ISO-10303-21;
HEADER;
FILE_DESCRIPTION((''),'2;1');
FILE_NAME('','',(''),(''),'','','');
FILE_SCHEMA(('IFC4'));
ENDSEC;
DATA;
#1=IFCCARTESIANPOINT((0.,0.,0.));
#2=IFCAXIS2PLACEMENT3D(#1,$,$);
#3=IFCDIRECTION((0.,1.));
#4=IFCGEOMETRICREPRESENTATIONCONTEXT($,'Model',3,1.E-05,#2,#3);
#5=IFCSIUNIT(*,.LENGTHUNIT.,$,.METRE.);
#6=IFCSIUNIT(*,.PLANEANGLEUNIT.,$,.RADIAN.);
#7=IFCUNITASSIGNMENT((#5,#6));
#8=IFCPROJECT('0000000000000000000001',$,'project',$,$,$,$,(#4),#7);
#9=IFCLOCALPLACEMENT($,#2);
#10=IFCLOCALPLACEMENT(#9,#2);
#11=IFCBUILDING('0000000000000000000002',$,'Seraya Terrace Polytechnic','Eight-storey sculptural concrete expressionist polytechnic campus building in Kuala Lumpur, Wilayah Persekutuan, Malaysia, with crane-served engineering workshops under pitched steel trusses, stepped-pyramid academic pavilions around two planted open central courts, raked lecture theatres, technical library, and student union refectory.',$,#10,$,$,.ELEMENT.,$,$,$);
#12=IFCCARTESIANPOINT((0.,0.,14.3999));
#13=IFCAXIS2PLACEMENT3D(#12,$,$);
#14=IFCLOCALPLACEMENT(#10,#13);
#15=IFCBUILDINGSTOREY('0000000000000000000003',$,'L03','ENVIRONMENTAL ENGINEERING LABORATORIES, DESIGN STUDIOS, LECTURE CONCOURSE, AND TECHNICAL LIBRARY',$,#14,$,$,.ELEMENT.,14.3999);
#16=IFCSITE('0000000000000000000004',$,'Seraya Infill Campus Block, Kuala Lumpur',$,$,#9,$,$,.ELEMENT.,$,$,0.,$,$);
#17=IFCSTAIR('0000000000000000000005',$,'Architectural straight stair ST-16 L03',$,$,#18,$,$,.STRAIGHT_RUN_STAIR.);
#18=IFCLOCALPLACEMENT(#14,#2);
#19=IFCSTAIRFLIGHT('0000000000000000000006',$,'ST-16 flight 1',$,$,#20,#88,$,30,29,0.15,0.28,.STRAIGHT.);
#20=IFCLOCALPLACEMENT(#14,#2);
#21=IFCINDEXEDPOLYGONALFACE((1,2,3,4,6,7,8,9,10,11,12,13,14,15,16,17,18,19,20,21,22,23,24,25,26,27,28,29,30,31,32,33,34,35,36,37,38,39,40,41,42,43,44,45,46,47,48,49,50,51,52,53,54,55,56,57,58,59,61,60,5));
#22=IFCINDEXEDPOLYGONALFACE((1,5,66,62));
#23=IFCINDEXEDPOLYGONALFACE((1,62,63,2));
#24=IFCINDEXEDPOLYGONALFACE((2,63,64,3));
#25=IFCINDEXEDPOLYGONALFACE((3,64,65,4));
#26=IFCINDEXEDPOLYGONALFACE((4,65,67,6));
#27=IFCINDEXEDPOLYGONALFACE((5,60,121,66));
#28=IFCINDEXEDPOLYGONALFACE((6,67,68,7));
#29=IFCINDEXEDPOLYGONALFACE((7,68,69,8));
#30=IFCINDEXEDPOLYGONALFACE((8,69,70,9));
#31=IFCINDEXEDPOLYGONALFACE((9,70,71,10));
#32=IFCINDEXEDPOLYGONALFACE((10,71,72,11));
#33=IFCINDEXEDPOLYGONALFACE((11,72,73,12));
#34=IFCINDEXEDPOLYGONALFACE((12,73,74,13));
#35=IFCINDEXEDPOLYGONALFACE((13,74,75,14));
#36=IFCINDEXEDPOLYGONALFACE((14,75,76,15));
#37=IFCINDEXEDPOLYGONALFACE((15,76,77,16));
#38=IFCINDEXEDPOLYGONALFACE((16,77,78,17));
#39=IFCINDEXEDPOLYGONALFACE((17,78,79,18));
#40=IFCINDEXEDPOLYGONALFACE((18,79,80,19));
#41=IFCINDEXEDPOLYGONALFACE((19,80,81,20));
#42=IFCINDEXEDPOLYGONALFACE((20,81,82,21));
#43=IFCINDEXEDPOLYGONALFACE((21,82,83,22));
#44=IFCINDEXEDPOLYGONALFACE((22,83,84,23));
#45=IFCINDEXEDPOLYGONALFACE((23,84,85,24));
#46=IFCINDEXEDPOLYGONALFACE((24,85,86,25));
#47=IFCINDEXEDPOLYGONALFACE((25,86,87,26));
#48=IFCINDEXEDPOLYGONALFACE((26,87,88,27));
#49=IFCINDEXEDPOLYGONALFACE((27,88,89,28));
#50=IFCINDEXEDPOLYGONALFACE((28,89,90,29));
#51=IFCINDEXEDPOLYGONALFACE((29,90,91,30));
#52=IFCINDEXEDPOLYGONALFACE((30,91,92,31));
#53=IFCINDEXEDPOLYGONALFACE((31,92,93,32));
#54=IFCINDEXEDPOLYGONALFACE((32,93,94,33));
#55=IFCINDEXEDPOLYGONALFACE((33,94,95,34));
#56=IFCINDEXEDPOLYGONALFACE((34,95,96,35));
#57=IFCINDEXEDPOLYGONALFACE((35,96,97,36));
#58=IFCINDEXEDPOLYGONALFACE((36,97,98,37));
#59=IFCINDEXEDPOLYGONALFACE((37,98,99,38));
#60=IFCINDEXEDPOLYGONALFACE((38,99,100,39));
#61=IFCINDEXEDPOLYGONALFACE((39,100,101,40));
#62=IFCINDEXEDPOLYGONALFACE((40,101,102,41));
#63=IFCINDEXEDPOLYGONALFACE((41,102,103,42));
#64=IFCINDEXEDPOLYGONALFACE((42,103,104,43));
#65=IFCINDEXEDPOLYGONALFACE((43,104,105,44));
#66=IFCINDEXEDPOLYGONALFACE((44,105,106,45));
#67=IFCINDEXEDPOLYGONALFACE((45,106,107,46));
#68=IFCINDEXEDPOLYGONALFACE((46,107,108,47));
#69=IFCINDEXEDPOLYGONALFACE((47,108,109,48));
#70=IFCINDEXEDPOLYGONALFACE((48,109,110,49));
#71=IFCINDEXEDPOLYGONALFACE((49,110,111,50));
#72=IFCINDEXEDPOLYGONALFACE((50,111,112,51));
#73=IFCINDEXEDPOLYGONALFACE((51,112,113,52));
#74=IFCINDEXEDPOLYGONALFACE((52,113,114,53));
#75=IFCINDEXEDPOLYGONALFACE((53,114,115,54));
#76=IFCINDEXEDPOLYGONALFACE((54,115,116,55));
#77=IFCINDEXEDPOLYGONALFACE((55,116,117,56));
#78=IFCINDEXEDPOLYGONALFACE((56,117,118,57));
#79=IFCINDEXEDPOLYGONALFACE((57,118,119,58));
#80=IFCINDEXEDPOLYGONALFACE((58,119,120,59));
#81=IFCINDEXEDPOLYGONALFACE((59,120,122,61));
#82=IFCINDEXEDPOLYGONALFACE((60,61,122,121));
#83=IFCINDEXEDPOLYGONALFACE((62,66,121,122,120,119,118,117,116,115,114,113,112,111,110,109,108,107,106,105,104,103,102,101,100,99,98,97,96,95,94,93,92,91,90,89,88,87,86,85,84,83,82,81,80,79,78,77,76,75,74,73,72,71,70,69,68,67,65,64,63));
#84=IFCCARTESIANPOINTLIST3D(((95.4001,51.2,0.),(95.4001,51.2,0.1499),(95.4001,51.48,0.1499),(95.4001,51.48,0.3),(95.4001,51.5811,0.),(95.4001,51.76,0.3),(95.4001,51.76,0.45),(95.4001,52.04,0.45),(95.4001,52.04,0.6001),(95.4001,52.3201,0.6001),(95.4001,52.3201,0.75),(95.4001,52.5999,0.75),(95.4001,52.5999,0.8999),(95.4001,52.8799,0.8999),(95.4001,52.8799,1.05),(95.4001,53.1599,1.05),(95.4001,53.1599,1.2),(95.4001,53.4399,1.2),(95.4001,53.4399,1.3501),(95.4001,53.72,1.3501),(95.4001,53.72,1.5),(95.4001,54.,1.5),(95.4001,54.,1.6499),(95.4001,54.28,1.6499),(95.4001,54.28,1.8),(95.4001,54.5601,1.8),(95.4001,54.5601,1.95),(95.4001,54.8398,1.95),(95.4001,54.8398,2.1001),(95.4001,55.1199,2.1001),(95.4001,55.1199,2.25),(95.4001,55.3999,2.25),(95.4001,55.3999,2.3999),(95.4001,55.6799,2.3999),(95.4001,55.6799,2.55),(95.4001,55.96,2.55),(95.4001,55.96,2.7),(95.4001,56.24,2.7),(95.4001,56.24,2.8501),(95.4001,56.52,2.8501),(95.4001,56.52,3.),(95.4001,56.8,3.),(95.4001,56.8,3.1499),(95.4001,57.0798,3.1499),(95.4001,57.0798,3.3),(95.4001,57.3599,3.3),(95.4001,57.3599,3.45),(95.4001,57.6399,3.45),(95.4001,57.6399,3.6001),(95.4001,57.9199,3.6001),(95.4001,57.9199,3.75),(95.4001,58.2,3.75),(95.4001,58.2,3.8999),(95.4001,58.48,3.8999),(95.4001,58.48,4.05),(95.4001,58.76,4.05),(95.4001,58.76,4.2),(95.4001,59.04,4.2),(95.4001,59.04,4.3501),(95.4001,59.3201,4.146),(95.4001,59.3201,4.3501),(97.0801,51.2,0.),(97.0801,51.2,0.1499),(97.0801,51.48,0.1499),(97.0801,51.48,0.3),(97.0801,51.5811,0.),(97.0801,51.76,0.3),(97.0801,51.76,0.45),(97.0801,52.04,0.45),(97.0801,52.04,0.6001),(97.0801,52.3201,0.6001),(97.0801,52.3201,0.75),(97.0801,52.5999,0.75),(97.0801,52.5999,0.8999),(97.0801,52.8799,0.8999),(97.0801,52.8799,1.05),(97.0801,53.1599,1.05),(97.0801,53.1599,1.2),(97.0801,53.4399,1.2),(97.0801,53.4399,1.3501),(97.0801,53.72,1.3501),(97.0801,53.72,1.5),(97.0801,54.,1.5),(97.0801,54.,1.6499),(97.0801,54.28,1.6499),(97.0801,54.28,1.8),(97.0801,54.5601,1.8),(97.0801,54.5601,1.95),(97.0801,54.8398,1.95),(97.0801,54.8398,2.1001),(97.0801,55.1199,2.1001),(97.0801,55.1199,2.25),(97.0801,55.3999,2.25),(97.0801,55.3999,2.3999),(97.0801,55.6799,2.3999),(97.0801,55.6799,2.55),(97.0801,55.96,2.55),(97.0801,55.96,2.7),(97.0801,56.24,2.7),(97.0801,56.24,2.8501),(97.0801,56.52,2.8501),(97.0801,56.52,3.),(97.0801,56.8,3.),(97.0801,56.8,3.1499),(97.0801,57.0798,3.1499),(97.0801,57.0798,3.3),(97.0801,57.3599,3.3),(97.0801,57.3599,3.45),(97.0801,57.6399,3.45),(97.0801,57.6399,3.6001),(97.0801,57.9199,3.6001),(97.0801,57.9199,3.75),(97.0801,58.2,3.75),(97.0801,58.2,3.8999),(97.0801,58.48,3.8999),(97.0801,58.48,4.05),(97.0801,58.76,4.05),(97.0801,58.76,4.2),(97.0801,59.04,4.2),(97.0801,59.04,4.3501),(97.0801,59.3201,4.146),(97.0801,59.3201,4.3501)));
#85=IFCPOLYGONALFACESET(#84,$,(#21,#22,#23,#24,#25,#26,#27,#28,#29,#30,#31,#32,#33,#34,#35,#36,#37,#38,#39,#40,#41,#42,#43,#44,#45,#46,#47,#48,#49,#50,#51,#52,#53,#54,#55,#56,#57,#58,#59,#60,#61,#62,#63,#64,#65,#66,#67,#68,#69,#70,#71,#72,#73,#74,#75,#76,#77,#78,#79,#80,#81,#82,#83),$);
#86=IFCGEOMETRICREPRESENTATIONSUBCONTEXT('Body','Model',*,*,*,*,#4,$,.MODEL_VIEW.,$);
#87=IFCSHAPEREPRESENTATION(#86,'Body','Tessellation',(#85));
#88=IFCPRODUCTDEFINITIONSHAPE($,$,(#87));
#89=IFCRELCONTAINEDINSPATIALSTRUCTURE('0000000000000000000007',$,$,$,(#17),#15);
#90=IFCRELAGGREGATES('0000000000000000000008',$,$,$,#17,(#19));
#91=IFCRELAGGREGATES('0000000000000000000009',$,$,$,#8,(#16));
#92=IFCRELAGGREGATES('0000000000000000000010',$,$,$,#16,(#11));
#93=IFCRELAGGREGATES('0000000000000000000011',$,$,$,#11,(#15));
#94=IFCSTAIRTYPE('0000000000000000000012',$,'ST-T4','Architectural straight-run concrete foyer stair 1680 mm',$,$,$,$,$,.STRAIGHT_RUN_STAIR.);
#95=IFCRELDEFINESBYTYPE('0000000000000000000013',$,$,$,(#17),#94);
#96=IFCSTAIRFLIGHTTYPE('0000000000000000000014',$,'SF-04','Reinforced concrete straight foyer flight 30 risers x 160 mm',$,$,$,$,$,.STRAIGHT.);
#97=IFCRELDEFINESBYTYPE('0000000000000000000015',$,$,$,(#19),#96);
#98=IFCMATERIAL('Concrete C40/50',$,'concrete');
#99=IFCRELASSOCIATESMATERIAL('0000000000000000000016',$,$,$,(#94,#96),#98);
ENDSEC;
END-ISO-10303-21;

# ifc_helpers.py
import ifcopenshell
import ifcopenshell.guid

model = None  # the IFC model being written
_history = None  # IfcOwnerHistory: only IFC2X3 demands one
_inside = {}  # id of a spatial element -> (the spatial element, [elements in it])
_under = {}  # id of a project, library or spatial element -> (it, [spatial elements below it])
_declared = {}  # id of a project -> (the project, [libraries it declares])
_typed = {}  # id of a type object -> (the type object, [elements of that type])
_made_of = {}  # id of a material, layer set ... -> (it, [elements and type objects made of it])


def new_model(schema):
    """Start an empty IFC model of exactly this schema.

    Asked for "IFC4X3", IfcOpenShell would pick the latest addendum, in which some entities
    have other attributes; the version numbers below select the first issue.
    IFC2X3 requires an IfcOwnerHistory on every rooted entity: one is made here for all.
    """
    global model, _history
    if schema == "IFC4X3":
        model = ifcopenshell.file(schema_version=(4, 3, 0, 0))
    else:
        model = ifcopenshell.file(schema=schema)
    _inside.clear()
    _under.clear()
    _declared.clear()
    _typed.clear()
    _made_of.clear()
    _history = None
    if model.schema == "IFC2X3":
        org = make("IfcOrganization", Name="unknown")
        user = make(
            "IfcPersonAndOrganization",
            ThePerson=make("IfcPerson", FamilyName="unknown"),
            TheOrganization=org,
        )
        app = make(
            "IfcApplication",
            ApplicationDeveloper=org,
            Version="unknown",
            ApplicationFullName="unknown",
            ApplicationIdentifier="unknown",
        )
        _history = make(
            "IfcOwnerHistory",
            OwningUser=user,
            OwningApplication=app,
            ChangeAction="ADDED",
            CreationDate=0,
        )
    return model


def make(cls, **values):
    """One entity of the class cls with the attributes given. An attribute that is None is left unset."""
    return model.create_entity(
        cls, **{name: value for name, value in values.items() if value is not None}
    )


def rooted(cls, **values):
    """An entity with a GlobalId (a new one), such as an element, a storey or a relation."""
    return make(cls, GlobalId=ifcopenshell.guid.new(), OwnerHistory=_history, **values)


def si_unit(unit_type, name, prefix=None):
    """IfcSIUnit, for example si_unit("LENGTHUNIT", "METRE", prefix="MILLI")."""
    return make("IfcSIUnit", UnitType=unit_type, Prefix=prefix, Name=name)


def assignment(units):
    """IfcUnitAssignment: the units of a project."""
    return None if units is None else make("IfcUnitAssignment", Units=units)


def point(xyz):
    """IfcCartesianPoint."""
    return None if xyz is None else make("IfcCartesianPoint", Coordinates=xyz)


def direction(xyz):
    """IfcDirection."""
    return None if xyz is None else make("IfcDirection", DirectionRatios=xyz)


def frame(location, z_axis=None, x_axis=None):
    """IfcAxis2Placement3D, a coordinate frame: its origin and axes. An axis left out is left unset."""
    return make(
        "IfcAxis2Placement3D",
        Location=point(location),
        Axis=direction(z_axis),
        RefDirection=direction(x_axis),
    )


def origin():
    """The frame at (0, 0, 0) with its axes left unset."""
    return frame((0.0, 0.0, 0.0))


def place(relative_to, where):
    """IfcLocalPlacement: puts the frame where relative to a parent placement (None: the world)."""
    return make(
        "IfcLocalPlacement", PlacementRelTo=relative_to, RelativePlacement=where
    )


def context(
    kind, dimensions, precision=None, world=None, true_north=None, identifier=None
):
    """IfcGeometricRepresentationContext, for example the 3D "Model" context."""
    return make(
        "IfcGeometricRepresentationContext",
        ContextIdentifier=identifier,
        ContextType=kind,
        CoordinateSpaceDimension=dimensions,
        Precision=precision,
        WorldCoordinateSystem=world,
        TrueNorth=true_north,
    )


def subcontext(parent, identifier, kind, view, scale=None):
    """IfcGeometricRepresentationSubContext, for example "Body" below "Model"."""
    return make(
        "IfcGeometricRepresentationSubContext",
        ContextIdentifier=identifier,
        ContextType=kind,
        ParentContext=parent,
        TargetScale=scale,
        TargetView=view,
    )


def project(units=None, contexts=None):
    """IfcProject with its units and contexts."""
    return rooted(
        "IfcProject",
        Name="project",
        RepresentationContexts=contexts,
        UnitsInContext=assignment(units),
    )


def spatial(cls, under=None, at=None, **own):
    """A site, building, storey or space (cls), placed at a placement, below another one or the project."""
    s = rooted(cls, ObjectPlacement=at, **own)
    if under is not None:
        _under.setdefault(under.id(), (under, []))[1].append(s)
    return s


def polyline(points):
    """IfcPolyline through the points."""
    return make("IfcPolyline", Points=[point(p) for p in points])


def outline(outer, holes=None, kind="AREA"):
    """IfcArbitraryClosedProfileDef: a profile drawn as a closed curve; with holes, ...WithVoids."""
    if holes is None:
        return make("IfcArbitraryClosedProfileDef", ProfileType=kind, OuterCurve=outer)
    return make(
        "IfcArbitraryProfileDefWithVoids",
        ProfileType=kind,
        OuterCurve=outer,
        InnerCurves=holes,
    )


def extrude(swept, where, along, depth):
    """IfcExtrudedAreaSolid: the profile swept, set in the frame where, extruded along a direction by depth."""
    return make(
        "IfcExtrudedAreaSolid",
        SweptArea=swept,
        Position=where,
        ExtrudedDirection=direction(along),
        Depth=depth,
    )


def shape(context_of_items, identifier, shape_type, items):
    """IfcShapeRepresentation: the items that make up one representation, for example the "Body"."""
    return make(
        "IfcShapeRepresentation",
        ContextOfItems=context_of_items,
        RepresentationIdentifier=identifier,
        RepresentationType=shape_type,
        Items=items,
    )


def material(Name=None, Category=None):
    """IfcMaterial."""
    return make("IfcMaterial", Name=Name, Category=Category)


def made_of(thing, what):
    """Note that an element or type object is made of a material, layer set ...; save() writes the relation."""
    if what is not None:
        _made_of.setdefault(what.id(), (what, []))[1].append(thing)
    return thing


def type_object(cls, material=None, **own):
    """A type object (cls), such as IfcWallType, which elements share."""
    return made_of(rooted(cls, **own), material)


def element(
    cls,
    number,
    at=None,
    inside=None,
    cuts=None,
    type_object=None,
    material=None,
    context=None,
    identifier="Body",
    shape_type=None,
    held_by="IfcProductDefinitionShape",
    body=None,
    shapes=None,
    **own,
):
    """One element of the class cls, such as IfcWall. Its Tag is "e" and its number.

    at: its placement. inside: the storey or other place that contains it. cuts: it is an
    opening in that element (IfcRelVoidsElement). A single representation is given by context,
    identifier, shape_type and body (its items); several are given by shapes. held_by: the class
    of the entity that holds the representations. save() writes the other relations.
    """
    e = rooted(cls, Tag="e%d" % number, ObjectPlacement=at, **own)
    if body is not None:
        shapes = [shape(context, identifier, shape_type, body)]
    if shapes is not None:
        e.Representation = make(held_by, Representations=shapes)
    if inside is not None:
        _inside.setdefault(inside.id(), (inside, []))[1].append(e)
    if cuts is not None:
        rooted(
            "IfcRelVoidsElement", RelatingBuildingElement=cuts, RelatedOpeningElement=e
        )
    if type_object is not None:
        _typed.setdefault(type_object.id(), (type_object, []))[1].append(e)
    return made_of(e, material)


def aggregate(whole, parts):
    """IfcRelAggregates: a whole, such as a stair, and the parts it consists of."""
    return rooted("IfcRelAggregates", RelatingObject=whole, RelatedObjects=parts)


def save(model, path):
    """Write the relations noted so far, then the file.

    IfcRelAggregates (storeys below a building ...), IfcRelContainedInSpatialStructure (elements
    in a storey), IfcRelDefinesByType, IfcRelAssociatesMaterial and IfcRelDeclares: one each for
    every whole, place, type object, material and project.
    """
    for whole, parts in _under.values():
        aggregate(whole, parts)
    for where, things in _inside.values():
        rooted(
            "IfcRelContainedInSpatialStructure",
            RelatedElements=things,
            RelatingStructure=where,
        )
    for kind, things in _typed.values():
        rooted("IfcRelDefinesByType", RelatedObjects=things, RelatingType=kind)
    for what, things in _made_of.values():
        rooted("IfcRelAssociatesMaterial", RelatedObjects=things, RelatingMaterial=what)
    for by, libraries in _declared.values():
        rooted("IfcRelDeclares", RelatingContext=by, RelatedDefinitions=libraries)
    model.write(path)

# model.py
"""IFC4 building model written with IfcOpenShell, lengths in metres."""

from ifc_helpers import new_model, si_unit, direction, frame, origin, place, context, subcontext, project, spatial, polyline, outline, extrude, material, type_object, element, aggregate, save


model = new_model("IFC4")

# Units and contexts
model_context = context("Model", 3, precision=1e-05, world=origin(), true_north=direction((0.0, 1.0)))
body_context = subcontext(model_context, "Body", "Model", "MODEL_VIEW")
ifc_project = project(units=[si_unit("LENGTHUNIT", "METRE"), si_unit("PLANEANGLEUNIT", "RADIAN")], contexts=[model_context])

# Site, building, storey
site_placement = place(None, origin())
site = spatial("IfcSite", under=ifc_project, at=site_placement, Name="Seraya Infill Campus Block, Kuala Lumpur", CompositionType="ELEMENT", RefElevation=0.0)
building_placement = place(site_placement, origin())
building = spatial("IfcBuilding", under=site, at=building_placement, Name="Seraya Terrace Polytechnic", Description="Eight-storey sculptural concrete expressionist polytechnic campus building in Kuala Lumpur, Wilayah Persekutuan, Malaysia, with crane-served engineering workshops under pitched steel trusses, stepped-pyramid academic pavilions around two planted open central courts, raked lecture theatres, technical library, and student union refectory.", CompositionType="ELEMENT")
storey_placement = place(building_placement, frame((0.0, 0.0, 14.3999)))
storey = spatial("IfcBuildingStorey", under=building, at=storey_placement, Name="L03", Description="ENVIRONMENTAL ENGINEERING LABORATORIES, DESIGN STUDIOS, LECTURE CONCOURSE, AND TECHNICAL LIBRARY", CompositionType="ELEMENT", Elevation=14.3999)

# Shared definitions
ifc_material_1 = material(Name="Concrete C40/50", Category="concrete")

# Stair, stair flight
stair_type = type_object("IfcStairType", Name="ST-T4", Description="Architectural straight-run concrete foyer stair 1680 mm", PredefinedType="STRAIGHT_RUN_STAIR", material=ifc_material_1)
stair_placement = place(storey_placement, origin())
stair = element("IfcStair", 1, at=stair_placement, inside=storey, type_object=stair_type, Name="Architectural straight stair ST-16 L03", PredefinedType="STRAIGHT_RUN_STAIR")
stair_flight_type = type_object("IfcStairFlightType", Name="SF-04", Description="Reinforced concrete straight foyer flight 30 risers x 160 mm", PredefinedType="STRAIGHT", material=ifc_material_1)
stair_flight_placement = place(storey_placement, frame((96.24, 51.2, 0.0), z_axis=(0.0, 0.0, 1.0), x_axis=(0.0, 1.0, 0.0)))
stair_flight = element("IfcStairFlight", 2, at=stair_flight_placement, type_object=stair_flight_type, Name="ST-16 flight 1", NumberOfRisers=30, NumberOfTreads=29, PredefinedType="STRAIGHT", RiserHeight=0.15, TreadLength=0.28, context=body_context, shape_type="SweptSolid", body=[
    extrude(outline(polyline([(0.0, 0.0), (0.0, 0.1499), (0.28, 0.1499), (0.28, 0.3), (0.5601, 0.3), (0.5601, 0.45), (0.8401, 0.45), (0.8401, 0.6001), (1.1201, 0.6001), (1.1201, 0.75), (1.3999, 0.75), (1.3999, 0.8999), (1.6799, 0.8999), (1.6799, 1.05), (1.96, 1.05), (1.96, 1.2), (2.24, 1.2), (2.24, 1.3501), (2.52, 1.3501), (2.52, 1.5), (2.8, 1.5), (2.8, 1.6499), (3.0801, 1.6499), (3.0801, 1.8), (3.3601, 1.8), (3.3601, 1.95), (3.6399, 1.95), (3.6399, 2.1001), (3.9199, 2.1001), (3.9199, 2.25), (4.2, 2.25), (4.2, 2.3999), (4.48, 2.3999), (4.48, 2.55), (4.76, 2.55), (4.76, 2.7), (5.04, 2.7), (5.04, 2.8501), (5.3201, 2.8501), (5.3201, 3.0), (5.6001, 3.0), (5.6001, 3.1499), (5.8799, 3.1499), (5.8799, 3.3), (6.1599, 3.3), (6.1599, 3.45), (6.4399, 3.45), (6.4399, 3.6001), (6.72, 3.6001), (6.72, 3.75), (7.0, 3.75), (7.0, 3.8999), (7.28, 3.8999), (7.28, 4.05), (7.5601, 4.05), (7.5601, 4.2), (7.8401, 4.2), (7.8401, 4.3501), (8.1201, 4.3501), (8.1201, 4.5), (8.1201, 4.146), (0.3811, 0.0), (0.0, 0.0)])), frame((0.0, 0.8398, 0.0), z_axis=(0.0, -1.0, 0.0), x_axis=(1.0, 0.0, 0.0)), (0.0, 0.0, 1.0), 1.6799),
])
aggregate(stair, [stair_flight])

save(model, "model.ifc")
